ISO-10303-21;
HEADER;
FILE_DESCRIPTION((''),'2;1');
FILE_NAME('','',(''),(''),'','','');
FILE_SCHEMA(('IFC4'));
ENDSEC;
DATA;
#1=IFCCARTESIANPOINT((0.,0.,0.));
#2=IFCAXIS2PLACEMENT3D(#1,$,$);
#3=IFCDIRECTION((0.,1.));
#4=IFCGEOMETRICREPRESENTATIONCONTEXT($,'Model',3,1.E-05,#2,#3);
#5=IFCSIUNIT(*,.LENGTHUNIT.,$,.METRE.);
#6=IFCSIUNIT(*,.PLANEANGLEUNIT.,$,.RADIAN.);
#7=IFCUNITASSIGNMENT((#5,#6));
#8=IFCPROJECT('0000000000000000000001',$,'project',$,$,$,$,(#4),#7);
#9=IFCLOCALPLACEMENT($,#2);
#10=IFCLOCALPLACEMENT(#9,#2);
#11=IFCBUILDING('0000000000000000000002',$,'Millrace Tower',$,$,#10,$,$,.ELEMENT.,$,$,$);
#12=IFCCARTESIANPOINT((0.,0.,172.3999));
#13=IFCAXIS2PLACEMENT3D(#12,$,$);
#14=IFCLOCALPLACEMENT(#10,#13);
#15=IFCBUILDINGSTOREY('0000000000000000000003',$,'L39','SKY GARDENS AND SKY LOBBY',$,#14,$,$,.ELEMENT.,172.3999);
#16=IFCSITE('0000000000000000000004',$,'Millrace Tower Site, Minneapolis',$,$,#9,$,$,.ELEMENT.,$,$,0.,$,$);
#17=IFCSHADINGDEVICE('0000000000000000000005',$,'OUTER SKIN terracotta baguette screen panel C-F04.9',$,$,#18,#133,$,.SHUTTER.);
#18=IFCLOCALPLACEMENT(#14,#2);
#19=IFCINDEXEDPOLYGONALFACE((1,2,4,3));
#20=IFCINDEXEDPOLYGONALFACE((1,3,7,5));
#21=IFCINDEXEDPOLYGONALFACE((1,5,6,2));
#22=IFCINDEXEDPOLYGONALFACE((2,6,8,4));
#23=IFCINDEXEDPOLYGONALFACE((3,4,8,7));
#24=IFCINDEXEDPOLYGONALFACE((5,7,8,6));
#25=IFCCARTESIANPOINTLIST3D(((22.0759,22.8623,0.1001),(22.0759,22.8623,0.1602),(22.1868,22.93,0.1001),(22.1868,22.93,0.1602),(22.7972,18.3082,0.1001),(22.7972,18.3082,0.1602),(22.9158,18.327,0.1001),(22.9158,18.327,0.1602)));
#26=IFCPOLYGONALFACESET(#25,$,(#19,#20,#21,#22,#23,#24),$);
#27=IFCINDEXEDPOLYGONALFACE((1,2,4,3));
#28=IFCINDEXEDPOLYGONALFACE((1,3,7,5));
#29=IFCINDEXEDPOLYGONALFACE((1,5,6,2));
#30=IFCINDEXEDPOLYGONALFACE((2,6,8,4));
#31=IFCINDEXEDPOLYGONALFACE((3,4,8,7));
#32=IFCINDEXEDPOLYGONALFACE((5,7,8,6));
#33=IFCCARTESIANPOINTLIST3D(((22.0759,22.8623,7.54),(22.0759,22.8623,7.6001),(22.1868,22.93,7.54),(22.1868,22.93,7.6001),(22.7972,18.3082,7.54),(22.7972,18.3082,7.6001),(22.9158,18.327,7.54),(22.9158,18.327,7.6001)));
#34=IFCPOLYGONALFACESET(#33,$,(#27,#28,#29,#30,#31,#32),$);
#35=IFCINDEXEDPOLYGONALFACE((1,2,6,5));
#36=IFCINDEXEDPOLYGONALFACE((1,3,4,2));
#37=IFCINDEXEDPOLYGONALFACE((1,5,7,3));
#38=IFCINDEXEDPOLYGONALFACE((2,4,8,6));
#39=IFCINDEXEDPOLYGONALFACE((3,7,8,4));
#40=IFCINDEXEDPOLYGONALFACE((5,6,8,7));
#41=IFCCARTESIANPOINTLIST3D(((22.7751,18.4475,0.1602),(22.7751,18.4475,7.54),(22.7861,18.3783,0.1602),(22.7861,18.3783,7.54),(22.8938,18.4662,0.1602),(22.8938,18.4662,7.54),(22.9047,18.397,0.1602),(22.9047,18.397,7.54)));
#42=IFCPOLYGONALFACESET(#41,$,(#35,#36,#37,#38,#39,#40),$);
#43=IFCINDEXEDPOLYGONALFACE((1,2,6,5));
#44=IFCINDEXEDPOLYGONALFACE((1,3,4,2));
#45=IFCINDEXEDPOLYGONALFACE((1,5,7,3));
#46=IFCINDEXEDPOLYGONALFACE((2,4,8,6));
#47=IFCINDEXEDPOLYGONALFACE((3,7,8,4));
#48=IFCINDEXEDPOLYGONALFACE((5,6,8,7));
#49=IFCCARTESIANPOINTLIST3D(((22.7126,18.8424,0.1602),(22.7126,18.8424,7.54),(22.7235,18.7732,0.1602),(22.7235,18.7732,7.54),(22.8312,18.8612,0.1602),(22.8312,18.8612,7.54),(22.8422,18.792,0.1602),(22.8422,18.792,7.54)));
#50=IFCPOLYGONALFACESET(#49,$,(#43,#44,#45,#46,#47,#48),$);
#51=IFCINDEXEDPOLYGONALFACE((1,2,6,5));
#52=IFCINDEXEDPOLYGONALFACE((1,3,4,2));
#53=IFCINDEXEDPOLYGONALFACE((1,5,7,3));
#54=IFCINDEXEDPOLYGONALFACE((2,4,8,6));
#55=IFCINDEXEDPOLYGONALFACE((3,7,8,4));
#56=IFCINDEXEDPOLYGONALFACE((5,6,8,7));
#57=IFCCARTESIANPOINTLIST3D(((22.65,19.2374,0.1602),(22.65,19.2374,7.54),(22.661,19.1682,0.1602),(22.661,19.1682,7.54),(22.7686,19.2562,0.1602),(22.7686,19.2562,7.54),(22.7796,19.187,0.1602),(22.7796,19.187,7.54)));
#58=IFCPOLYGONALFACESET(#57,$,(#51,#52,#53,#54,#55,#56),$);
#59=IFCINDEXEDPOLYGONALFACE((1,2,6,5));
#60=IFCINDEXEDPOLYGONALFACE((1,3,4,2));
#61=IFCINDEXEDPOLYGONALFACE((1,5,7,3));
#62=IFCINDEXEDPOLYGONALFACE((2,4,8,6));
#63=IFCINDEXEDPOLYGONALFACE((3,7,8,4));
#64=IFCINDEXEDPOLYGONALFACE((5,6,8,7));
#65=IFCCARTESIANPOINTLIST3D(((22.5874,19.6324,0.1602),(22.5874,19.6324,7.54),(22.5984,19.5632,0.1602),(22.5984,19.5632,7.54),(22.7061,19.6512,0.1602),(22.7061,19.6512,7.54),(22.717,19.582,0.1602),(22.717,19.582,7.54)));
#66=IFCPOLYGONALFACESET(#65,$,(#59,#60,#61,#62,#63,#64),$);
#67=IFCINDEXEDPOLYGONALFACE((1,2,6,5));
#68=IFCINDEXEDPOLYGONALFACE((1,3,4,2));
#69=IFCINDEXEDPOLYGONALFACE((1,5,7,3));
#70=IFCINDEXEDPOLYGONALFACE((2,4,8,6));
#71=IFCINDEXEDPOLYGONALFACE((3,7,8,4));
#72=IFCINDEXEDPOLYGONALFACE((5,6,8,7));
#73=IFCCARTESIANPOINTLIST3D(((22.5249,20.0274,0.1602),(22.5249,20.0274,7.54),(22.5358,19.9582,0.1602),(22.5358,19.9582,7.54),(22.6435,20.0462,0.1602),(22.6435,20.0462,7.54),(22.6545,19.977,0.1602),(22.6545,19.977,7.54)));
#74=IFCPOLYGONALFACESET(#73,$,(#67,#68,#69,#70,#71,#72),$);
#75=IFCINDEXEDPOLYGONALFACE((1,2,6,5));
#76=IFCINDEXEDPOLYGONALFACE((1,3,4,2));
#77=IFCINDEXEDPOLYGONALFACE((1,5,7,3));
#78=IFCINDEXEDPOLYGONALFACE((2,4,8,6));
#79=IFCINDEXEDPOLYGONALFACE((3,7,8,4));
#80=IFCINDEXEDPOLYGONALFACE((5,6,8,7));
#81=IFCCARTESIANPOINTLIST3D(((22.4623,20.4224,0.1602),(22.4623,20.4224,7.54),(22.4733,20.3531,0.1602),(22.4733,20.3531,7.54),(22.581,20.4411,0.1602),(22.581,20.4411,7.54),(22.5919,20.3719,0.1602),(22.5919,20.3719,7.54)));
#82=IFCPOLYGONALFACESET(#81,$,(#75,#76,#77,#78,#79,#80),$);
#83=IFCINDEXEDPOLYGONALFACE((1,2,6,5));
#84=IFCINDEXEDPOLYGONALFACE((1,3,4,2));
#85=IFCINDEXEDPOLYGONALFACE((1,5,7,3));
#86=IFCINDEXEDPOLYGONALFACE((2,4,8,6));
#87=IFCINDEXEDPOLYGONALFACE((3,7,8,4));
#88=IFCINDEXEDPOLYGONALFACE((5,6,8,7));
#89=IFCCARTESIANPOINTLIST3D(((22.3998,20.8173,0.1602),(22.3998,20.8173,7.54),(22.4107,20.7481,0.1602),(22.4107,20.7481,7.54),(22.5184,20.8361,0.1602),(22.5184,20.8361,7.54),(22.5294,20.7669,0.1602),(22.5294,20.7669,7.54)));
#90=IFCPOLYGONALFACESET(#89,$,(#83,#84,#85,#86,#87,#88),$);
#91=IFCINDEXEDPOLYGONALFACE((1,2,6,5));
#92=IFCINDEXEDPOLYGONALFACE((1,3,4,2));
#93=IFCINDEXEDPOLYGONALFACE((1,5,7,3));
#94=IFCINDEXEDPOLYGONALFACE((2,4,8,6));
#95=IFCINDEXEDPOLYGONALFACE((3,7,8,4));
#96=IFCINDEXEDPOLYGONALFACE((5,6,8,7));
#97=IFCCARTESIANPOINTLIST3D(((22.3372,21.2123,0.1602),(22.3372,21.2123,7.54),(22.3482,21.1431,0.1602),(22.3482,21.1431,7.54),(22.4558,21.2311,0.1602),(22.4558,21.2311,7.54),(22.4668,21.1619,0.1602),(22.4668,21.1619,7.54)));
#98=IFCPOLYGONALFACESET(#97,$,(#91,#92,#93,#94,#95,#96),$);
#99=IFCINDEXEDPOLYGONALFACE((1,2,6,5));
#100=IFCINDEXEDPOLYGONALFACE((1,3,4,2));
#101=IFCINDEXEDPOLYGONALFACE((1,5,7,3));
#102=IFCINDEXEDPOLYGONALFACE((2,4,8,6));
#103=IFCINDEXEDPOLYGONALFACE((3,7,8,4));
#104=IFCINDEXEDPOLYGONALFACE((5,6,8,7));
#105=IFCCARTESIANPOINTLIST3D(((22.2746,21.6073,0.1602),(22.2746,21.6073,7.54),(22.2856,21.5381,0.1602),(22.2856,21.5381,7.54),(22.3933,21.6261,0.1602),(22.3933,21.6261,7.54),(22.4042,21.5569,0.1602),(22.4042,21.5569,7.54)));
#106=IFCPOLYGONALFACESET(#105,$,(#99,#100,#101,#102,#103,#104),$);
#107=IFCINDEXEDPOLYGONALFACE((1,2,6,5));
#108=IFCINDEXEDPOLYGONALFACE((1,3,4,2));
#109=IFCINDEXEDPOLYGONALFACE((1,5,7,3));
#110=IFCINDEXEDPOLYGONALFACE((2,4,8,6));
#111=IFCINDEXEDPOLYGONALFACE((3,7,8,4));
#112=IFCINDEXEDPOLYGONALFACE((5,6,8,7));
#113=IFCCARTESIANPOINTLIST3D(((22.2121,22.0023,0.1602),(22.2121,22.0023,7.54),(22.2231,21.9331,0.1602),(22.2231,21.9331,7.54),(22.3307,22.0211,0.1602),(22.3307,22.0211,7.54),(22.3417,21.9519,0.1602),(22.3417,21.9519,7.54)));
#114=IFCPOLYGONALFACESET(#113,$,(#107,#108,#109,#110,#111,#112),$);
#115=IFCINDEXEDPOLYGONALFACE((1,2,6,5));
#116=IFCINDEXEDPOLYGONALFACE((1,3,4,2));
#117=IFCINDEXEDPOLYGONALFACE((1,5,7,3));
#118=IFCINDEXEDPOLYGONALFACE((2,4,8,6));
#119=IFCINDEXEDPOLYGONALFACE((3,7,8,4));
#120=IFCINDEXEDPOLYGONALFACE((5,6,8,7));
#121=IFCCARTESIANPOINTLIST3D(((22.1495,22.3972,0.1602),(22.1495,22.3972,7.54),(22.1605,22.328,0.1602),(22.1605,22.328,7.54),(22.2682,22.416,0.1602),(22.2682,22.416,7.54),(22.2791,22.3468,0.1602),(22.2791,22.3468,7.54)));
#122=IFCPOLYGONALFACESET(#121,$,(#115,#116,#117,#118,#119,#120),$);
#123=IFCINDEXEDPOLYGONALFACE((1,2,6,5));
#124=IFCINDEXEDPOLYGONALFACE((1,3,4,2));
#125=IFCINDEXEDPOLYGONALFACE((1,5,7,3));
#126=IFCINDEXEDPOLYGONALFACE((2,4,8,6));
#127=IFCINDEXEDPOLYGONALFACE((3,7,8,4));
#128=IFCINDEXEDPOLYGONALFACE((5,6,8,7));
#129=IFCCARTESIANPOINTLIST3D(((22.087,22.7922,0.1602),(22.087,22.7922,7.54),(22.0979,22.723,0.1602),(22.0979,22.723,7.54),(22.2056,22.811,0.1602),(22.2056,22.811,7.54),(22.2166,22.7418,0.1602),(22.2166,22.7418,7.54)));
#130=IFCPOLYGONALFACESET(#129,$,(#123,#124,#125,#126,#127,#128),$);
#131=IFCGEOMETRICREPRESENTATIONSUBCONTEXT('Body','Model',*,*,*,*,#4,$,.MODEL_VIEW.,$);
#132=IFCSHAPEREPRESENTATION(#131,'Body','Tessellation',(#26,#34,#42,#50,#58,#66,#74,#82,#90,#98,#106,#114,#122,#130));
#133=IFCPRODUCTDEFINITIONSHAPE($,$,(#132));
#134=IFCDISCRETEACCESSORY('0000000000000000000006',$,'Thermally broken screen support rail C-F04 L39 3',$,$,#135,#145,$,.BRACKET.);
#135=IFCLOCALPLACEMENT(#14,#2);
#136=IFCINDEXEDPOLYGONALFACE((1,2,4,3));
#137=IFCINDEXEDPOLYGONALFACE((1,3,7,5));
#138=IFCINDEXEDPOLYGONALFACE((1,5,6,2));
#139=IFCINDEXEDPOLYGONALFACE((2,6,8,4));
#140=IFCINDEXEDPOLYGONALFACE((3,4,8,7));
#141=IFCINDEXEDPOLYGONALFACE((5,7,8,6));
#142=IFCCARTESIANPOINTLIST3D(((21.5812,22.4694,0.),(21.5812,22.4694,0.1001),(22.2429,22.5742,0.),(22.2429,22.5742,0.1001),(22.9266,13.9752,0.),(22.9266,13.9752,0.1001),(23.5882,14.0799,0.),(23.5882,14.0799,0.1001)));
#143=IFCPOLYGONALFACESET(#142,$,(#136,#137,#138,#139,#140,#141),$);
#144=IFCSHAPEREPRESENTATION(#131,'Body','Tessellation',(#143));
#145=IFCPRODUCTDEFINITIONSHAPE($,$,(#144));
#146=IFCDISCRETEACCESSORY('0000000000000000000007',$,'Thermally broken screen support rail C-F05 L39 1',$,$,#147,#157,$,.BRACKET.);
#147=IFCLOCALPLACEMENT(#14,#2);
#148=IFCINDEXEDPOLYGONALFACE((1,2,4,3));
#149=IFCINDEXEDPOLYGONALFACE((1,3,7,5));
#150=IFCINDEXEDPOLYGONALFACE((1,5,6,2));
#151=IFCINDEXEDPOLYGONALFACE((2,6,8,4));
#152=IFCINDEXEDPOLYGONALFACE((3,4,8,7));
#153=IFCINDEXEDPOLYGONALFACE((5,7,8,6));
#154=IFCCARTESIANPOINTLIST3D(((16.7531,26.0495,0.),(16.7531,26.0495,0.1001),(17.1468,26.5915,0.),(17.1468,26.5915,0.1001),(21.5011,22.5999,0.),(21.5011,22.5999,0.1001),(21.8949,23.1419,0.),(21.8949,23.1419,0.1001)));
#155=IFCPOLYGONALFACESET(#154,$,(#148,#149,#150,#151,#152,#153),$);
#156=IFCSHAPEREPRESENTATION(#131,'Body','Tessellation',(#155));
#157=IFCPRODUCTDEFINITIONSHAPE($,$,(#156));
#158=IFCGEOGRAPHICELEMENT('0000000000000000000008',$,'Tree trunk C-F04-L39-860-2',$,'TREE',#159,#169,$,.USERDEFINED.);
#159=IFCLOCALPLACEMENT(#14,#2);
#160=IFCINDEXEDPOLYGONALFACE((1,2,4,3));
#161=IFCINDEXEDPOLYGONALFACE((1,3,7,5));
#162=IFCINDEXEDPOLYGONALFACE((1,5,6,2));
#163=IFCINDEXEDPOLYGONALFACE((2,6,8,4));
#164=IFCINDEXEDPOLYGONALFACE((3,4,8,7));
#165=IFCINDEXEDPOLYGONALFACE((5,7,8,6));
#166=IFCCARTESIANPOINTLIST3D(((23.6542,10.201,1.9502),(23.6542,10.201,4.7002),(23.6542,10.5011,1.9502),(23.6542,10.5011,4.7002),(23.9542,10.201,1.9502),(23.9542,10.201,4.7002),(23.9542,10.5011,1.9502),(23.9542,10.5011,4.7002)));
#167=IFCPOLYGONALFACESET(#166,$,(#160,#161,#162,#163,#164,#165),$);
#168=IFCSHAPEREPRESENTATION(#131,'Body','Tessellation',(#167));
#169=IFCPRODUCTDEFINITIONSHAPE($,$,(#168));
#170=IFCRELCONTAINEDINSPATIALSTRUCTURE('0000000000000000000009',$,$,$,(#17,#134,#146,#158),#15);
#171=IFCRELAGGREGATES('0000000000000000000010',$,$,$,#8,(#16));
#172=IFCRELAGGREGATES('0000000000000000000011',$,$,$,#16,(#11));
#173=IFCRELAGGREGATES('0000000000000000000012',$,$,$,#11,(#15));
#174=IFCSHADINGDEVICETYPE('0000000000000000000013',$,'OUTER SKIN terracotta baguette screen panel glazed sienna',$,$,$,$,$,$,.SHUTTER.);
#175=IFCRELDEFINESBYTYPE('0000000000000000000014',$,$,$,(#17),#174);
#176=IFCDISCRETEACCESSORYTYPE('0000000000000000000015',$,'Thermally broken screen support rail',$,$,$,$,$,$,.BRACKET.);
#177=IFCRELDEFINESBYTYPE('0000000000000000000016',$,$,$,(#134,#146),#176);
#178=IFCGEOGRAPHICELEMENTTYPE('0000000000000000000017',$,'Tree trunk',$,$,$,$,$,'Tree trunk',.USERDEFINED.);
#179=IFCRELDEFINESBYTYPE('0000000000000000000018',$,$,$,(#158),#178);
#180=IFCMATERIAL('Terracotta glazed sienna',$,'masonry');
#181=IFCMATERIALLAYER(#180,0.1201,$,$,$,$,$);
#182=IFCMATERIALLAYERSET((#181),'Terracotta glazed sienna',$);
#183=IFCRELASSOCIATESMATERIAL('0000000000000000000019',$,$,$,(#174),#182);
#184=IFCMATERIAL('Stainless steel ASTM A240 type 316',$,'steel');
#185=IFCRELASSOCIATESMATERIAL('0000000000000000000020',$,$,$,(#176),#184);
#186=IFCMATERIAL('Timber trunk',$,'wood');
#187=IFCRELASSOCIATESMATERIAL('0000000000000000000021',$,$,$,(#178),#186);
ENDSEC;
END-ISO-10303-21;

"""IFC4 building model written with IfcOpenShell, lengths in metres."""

from ifc_helpers import new_model, entity, si_unit, direction, frame, frame_2d, origin, origin_2d, place, context, subcontext, project, spatial, rectangle, extrude, source, transform, mapped, material, layer, layer_set, type_object, element, save


model = new_model("IFC4")

# Units and contexts
model_context = context("Model", 3, precision=1e-05, world=origin(), true_north=direction((0.0, 1.0)))
body_context = subcontext(model_context, "Body", "Model", "MODEL_VIEW")
ifc_project = project(units=[si_unit("LENGTHUNIT", "METRE"), si_unit("PLANEANGLEUNIT", "RADIAN")], contexts=[model_context])

# Site, building, storey
site_placement = place(None, origin())
site = spatial("IfcSite", under=ifc_project, at=site_placement, Name="Millrace Tower Site, Minneapolis", CompositionType="ELEMENT", RefElevation=0.0)
building_placement = place(site_placement, origin())
building = spatial("IfcBuilding", under=site, at=building_placement, Name="Millrace Tower", CompositionType="ELEMENT")
storey_placement = place(building_placement, frame((0.0, 0.0, 172.3999)))
storey = spatial("IfcBuildingStorey", under=building, at=storey_placement, Name="L39", Description="SKY GARDENS AND SKY LOBBY", CompositionType="ELEMENT", Elevation=172.3999)

# Shading device
ifc_material_1 = material(Name="Terracotta glazed sienna", Category="masonry")
ifc_layer_1 = layer(ifc_material_1, 0.1201)
ifc_layer_set_1 = layer_set([ifc_layer_1], Name="Terracotta glazed sienna")
shading_device_type = type_object("IfcShadingDeviceType", Name="OUTER SKIN terracotta baguette screen panel glazed sienna", PredefinedType="SHUTTER", material=ifc_layer_set_1)
cartesian_point_1 = entity("IfcCartesianPoint", [-2.3179, 0.0601])
shared_polyline_1 = entity("IfcPolyline", [cartesian_point_1, entity("IfcCartesianPoint", [2.293, 0.0601]), entity("IfcCartesianPoint", [2.3425, -0.0601]), entity("IfcCartesianPoint", [-2.3179, -0.0601]), cartesian_point_1])
shared_shape_1 = source(origin(), body_context, "Body", "SweptSolid", [
    entity("IfcExtrudedAreaSolid", entity("IfcArbitraryClosedProfileDef", "AREA", None, shared_polyline_1), entity("IfcAxis2Placement3D", entity("IfcCartesianPoint", [0.0, 0.0, 0.0])), entity("IfcDirection", [0.0, 0.0, 1.0]), 0.0601),
    entity("IfcExtrudedAreaSolid", entity("IfcArbitraryClosedProfileDef", "AREA", None, shared_polyline_1), entity("IfcAxis2Placement3D", entity("IfcCartesianPoint", [0.0, 0.0, 7.4399])), entity("IfcDirection", [0.0, 0.0, 1.0]), 0.0601),
    extrude(rectangle(XDim=0.0701, YDim=0.1201, at=frame_2d((-2.2119, 0.0))), frame((0.0, 0.0, 0.0601)), (0.0, 0.0, 1.0), 7.3799),
    extrude(rectangle(XDim=0.0701, YDim=0.1201, at=frame_2d((-1.812, 0.0))), frame((0.0, 0.0, 0.0601)), (0.0, 0.0, 1.0), 7.3799),
    extrude(rectangle(XDim=0.0701, YDim=0.1201, at=frame_2d((-1.4121, 0.0))), frame((0.0, 0.0, 0.0601)), (0.0, 0.0, 1.0), 7.3799),
    extrude(rectangle(XDim=0.0701, YDim=0.1201, at=frame_2d((-1.0122, 0.0))), frame((0.0, 0.0, 0.0601)), (0.0, 0.0, 1.0), 7.3799),
    extrude(rectangle(XDim=0.0701, YDim=0.1201, at=frame_2d((-0.6123, 0.0))), frame((0.0, 0.0, 0.0601)), (0.0, 0.0, 1.0), 7.3799),
    extrude(rectangle(XDim=0.0701, YDim=0.1201, at=frame_2d((-0.2124, 0.0))), frame((0.0, 0.0, 0.0601)), (0.0, 0.0, 1.0), 7.3799),
    extrude(rectangle(XDim=0.0701, YDim=0.1201, at=frame_2d((0.1875, 0.0))), frame((0.0, 0.0, 0.0601)), (0.0, 0.0, 1.0), 7.3799),
    extrude(rectangle(XDim=0.0701, YDim=0.1201, at=frame_2d((0.5874, 0.0))), frame((0.0, 0.0, 0.0601)), (0.0, 0.0, 1.0), 7.3799),
    extrude(rectangle(XDim=0.0701, YDim=0.1201, at=frame_2d((0.9873, 0.0))), frame((0.0, 0.0, 0.0601)), (0.0, 0.0, 1.0), 7.3799),
    extrude(rectangle(XDim=0.0701, YDim=0.1201, at=frame_2d((1.3872, 0.0))), frame((0.0, 0.0, 0.0601)), (0.0, 0.0, 1.0), 7.3799),
    extrude(rectangle(XDim=0.0701, YDim=0.1201, at=frame_2d((1.7871, 0.0))), frame((0.0, 0.0, 0.0601)), (0.0, 0.0, 1.0), 7.3799),
    extrude(rectangle(XDim=0.0701, YDim=0.1201, at=frame_2d((2.187, 0.0))), frame((0.0, 0.0, 0.0601)), (0.0, 0.0, 1.0), 7.3799),
])
shading_device_1_placement = place(storey_placement, frame((22.4939, 20.6069, 0.1001), z_axis=(0.0, 0.0, 1.0), x_axis=(-0.156434, 0.987688, 0.0)))
element("IfcShadingDevice", 1, at=shading_device_1_placement, inside=storey, type_object=shading_device_type, Name="OUTER SKIN terracotta baguette screen panel C-F04.9", PredefinedType="SHUTTER", context=body_context, shape_type="MappedRepresentation", body=[
    mapped(shared_shape_1, transform((0.0, 0.0, 0.0), scale=1.0)),
])

# Discrete accessories
ifc_material_2 = material(Name="Stainless steel ASTM A240 type 316", Category="steel")
discrete_accessory_type = type_object("IfcDiscreteAccessoryType", Name="Thermally broken screen support rail", PredefinedType="BRACKET", material=ifc_material_2)
discrete_accessory_1_placement = place(storey_placement, frame((22.5847, 18.2747, 0.0), z_axis=(0.0, 0.0, 1.0), x_axis=(-0.156434, 0.987688, 0.0)))
element("IfcDiscreteAccessory", 2, at=discrete_accessory_1_placement, inside=storey, type_object=discrete_accessory_type, Name="Thermally broken screen support rail C-F04 L39 3", PredefinedType="BRACKET", context=body_context, shape_type="SweptSolid", body=[
    extrude(rectangle(XDim=8.6001, YDim=0.6699, at=origin_2d()), origin(), (0.0, 0.0, 1.0), 0.1001),
])
discrete_accessory_2_placement = place(storey_placement, frame((19.324, 24.5957, 0.0), z_axis=(0.0, 0.0, 1.0), x_axis=(-0.809017, 0.587785, 0.0)))
element("IfcDiscreteAccessory", 3, at=discrete_accessory_2_placement, inside=storey, type_object=discrete_accessory_type, Name="Thermally broken screen support rail C-F05 L39 1", PredefinedType="BRACKET", context=body_context, shape_type="SweptSolid", body=[
    extrude(rectangle(XDim=5.8689, YDim=0.6699, at=origin_2d()), origin(), (0.0, 0.0, 1.0), 0.1001),
])

# Geographic element
ifc_material_3 = material(Name="Timber trunk", Category="wood")
geographic_element_type = type_object("IfcGeographicElementType", Name="Tree trunk", ElementType="Tree trunk", PredefinedType="USERDEFINED", material=ifc_material_3)
geographic_element_placement = place(storey_placement, frame((23.8042, 10.3511, 1.9502), z_axis=(0.0, 0.0, 1.0), x_axis=(1.0, 0.0, 0.0)))
element("IfcGeographicElement", 4, at=geographic_element_placement, inside=storey, type_object=geographic_element_type, Name="Tree trunk C-F04-L39-860-2", ObjectType="TREE", PredefinedType="USERDEFINED", context=body_context, shape_type="SweptSolid", body=[
    extrude(rectangle(XDim=0.3, YDim=0.3, at=origin_2d()), origin(), (0.0, 0.0, 1.0), 2.75),
])

save(model, "model.ifc")
